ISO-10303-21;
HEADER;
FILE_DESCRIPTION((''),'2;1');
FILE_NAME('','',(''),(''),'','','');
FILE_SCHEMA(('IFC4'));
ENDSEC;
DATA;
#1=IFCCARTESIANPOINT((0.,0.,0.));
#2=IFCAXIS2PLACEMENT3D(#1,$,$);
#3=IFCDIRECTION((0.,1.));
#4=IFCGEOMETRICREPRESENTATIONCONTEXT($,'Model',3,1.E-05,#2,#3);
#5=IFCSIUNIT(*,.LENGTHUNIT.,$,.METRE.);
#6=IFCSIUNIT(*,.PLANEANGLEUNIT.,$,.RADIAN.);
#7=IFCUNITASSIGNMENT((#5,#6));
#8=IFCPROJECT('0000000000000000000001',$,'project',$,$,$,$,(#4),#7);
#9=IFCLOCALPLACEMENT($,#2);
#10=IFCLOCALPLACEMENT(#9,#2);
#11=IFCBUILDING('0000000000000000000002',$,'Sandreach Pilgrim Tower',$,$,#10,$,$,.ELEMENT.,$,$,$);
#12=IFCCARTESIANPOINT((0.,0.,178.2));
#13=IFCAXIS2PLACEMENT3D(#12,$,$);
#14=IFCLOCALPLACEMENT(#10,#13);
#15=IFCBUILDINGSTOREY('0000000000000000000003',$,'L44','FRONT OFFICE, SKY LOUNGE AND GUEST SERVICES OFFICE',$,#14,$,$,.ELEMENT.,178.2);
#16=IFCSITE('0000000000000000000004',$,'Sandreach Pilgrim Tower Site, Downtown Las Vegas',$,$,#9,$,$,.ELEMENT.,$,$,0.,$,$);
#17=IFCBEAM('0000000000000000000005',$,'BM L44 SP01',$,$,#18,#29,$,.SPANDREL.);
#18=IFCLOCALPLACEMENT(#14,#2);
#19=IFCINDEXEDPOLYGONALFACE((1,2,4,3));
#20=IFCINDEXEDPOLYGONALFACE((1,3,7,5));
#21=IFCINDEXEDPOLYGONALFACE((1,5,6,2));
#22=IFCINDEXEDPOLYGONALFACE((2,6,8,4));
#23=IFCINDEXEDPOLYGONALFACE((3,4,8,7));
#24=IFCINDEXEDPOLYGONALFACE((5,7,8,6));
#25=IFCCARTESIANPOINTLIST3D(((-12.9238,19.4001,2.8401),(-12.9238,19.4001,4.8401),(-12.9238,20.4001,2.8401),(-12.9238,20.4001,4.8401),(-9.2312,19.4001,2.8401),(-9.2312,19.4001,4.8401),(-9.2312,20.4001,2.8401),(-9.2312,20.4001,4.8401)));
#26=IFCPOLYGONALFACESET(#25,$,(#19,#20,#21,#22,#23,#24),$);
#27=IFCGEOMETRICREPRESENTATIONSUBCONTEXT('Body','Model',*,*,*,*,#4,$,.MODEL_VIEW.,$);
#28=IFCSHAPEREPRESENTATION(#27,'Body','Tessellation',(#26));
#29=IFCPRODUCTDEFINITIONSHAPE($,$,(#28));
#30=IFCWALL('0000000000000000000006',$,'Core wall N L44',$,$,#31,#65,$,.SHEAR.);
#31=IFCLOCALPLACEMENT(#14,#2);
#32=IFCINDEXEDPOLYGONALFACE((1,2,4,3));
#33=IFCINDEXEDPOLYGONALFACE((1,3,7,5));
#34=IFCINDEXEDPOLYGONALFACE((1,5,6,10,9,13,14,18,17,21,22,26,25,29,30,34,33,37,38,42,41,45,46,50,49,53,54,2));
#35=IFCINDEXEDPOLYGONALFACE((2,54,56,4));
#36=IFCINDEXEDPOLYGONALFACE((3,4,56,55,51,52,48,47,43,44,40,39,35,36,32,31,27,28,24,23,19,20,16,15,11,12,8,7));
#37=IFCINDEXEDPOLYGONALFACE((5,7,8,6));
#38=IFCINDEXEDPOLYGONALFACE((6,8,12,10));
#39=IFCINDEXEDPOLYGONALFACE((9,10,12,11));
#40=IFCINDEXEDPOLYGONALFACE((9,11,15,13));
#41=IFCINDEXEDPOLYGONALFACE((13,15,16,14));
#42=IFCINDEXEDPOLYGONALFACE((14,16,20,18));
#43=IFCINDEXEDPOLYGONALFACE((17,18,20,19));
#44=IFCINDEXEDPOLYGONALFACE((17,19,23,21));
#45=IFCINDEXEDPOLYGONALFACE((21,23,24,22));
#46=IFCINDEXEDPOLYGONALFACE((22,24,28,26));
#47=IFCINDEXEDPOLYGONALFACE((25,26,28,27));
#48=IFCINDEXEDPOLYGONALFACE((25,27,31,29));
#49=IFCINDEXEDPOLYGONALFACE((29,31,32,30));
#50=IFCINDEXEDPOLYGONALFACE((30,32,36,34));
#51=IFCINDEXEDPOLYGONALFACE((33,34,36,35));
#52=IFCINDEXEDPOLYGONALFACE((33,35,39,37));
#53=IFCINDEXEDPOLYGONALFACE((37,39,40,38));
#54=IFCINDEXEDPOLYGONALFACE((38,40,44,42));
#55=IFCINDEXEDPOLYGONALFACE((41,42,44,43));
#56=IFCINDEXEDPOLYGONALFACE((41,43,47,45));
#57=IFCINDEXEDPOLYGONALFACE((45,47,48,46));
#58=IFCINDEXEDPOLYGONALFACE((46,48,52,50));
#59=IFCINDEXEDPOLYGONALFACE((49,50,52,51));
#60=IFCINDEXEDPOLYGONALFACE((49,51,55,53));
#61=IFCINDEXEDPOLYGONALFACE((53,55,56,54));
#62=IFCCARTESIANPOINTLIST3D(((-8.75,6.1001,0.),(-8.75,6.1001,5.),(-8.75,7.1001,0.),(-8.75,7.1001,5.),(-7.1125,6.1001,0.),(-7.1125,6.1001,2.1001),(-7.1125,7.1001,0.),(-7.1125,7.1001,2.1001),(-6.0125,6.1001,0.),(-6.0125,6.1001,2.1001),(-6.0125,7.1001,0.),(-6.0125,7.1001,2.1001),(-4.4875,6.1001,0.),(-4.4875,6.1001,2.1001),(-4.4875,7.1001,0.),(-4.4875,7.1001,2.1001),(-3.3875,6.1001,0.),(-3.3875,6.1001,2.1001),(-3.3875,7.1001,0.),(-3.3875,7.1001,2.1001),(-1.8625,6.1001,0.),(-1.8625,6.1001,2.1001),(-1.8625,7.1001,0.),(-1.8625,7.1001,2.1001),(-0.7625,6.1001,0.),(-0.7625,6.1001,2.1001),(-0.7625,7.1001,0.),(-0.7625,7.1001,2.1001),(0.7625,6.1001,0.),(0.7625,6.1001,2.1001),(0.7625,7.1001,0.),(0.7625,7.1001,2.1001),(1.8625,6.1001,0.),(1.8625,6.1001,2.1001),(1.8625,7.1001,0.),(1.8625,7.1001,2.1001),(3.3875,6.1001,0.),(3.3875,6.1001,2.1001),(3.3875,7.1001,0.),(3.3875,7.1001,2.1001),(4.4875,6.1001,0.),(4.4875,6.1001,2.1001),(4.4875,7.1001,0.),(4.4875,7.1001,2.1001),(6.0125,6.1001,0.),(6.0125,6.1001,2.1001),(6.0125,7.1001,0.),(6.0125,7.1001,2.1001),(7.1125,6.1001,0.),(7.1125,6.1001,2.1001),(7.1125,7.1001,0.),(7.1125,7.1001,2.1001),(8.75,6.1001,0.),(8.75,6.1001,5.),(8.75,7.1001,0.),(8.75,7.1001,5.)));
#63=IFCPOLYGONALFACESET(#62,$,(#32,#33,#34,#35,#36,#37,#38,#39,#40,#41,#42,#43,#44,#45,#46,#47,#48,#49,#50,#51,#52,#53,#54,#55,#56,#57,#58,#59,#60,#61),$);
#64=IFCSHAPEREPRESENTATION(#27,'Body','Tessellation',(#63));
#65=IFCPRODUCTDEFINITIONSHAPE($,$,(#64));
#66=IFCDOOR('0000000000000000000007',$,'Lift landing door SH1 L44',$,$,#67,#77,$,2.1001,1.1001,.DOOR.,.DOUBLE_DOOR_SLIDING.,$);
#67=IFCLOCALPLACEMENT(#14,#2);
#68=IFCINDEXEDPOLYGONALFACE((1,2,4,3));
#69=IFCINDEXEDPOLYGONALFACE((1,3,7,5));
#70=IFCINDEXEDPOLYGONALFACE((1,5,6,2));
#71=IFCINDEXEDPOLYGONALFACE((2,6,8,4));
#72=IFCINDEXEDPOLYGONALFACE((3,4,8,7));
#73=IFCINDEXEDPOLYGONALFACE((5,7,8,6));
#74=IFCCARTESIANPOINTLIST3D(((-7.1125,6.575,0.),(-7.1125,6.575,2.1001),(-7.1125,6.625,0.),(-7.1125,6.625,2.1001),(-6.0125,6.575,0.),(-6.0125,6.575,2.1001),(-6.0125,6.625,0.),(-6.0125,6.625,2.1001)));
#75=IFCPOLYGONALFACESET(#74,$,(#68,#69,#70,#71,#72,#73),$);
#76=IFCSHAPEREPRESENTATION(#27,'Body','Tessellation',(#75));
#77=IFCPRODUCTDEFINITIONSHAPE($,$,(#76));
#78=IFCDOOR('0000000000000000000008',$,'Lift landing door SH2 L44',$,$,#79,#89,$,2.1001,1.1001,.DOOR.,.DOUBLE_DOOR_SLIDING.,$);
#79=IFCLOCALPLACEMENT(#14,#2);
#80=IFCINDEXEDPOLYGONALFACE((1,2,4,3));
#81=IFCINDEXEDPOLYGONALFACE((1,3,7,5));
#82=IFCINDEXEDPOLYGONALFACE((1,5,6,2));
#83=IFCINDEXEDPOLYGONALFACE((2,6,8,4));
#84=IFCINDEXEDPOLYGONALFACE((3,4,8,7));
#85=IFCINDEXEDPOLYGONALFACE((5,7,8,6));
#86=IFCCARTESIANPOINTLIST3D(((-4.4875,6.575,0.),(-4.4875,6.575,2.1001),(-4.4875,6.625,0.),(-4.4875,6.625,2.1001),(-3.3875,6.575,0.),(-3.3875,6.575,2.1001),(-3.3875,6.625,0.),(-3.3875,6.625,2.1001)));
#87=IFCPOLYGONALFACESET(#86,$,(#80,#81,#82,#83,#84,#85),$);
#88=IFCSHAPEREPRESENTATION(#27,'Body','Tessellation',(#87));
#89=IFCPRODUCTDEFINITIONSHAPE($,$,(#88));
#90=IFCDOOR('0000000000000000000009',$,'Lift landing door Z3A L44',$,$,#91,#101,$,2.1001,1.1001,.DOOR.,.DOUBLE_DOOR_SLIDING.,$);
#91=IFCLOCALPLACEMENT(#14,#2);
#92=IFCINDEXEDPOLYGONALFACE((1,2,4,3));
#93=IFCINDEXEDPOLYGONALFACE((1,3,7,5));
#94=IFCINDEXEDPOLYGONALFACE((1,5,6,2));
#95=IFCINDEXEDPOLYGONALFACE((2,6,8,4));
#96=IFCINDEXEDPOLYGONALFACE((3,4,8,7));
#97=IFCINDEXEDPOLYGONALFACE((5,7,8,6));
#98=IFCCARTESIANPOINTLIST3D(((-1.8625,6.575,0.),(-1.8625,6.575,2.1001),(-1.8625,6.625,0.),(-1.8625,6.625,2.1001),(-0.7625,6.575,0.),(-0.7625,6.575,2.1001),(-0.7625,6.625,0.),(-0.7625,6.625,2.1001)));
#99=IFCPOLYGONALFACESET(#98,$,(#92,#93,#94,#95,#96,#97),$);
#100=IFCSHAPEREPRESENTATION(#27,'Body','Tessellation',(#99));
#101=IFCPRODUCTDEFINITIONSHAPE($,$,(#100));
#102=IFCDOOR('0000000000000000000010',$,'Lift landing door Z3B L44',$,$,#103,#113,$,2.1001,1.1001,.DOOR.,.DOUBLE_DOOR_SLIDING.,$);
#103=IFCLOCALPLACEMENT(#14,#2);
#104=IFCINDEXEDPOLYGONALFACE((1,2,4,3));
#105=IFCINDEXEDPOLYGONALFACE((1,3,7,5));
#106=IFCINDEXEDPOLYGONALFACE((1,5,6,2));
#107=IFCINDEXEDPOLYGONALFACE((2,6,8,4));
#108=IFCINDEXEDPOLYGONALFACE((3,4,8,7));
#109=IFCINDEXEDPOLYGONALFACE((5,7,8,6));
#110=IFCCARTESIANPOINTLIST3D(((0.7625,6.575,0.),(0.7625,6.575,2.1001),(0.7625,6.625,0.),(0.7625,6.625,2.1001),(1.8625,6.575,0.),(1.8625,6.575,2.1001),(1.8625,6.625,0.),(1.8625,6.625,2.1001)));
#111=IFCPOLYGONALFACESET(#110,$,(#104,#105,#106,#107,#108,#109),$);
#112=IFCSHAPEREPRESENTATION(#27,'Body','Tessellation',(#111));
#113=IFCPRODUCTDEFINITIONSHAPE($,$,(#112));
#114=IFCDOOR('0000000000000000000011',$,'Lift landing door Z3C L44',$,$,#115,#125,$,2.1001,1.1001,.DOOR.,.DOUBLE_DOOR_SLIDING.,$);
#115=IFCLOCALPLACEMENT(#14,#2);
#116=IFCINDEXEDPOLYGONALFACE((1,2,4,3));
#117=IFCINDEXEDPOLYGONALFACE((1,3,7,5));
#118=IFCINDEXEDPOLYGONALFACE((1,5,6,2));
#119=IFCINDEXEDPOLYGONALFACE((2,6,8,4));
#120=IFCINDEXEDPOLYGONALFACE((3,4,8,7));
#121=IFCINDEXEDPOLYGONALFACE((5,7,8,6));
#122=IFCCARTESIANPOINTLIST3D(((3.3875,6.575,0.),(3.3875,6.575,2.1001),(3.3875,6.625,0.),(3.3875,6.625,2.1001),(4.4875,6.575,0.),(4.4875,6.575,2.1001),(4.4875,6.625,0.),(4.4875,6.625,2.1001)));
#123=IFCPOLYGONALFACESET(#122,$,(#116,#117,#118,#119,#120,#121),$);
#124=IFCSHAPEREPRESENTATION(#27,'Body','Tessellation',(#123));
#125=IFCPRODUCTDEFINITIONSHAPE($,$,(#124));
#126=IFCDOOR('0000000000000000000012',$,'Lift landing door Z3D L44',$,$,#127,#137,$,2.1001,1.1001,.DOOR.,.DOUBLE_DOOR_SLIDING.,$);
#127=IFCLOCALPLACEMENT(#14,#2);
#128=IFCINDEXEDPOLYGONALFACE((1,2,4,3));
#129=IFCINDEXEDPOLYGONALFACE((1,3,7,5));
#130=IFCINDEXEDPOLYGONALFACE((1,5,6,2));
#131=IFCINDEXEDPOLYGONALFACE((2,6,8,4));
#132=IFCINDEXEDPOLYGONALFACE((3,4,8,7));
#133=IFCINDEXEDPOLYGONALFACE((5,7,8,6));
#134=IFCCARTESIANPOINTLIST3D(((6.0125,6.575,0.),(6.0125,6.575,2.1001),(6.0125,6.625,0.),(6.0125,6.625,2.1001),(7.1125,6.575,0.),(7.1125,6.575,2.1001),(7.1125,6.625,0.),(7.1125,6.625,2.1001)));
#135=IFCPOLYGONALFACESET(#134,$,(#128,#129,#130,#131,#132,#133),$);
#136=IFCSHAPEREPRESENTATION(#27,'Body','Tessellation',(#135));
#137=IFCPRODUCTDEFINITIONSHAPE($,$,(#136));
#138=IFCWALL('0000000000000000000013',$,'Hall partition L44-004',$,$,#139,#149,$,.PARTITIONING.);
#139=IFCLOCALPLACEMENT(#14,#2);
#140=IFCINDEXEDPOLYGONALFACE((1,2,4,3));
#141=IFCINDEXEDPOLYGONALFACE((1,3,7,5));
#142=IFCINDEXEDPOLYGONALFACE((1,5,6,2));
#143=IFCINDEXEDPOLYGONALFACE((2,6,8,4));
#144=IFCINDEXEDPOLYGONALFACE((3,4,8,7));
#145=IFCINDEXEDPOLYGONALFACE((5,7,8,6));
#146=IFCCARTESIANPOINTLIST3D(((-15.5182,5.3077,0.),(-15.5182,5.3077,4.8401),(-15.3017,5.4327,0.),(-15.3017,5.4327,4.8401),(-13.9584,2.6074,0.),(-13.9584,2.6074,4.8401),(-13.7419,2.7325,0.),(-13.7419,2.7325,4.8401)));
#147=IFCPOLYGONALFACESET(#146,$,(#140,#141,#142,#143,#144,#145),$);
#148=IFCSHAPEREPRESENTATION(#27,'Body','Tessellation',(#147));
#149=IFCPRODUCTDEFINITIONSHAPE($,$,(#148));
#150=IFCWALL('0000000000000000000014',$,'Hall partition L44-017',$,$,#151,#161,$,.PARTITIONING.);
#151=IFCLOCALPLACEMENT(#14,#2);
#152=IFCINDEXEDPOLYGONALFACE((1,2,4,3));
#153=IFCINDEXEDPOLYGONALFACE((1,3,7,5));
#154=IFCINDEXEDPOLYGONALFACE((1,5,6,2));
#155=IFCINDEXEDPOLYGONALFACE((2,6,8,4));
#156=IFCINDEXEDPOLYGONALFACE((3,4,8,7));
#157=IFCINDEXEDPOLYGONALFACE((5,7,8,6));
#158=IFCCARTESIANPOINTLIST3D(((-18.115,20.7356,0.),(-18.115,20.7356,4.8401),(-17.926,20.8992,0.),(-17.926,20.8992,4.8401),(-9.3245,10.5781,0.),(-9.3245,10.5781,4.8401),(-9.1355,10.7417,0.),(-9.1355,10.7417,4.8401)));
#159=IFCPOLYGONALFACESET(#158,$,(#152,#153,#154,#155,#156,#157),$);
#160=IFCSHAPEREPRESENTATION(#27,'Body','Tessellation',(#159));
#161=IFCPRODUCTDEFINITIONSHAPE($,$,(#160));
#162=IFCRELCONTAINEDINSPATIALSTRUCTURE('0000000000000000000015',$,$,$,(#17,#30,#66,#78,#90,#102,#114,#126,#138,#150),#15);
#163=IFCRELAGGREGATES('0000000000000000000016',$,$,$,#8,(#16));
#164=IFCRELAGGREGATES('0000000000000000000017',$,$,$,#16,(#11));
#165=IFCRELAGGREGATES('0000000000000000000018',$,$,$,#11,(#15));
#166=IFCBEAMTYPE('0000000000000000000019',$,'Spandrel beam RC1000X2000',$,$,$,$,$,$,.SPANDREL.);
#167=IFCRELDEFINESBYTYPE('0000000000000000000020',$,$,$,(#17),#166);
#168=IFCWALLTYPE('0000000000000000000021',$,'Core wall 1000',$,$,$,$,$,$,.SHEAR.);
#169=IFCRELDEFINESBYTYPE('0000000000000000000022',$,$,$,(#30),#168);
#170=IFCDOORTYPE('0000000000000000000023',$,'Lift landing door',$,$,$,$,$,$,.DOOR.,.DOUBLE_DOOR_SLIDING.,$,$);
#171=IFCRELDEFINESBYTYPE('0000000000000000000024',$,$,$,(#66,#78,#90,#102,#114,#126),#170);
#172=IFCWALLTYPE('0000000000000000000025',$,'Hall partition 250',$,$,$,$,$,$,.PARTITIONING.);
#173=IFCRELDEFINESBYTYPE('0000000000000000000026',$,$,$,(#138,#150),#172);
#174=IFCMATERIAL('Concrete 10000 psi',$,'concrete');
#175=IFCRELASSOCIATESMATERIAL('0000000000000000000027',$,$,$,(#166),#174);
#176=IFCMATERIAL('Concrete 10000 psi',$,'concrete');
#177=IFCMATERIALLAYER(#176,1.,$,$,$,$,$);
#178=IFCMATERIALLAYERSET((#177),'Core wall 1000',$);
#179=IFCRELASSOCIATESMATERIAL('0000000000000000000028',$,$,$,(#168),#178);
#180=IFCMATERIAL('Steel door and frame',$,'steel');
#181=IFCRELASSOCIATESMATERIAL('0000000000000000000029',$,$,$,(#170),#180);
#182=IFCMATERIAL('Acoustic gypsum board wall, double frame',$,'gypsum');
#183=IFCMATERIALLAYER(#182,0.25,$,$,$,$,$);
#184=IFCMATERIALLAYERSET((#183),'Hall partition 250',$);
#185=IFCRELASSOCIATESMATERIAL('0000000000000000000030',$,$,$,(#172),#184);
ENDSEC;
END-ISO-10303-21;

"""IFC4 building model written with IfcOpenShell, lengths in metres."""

from ifc_helpers import new_model, si_unit, direction, frame, frame_2d, origin, origin_2d, place, context, subcontext, project, spatial, rectangle, extrude, material, layer, layer_set, material_profile, profile_set, type_object, element, fill, save


model = new_model("IFC4")

# Units and contexts
model_context = context("Model", 3, precision=1e-05, world=origin(), true_north=direction((0.0, 1.0)))
body_context = subcontext(model_context, "Body", "Model", "MODEL_VIEW")
ifc_project = project(units=[si_unit("LENGTHUNIT", "METRE"), si_unit("PLANEANGLEUNIT", "RADIAN")], contexts=[model_context])

# Site, building, storey
site_placement = place(None, origin())
site = spatial("IfcSite", under=ifc_project, at=site_placement, Name="Sandreach Pilgrim Tower Site, Downtown Las Vegas", CompositionType="ELEMENT", RefElevation=0.0)
building_placement = place(site_placement, origin())
building = spatial("IfcBuilding", under=site, at=building_placement, Name="Sandreach Pilgrim Tower", CompositionType="ELEMENT")
storey_placement = place(building_placement, frame((0.0, 0.0, 178.2)))
storey = spatial("IfcBuildingStorey", under=building, at=storey_placement, Name="L44", Description="FRONT OFFICE, SKY LOUNGE AND GUEST SERVICES OFFICE", CompositionType="ELEMENT", Elevation=178.2)

# Beam
ifc_material_1 = material(Name="Concrete 10000 psi", Category="concrete")
ifc_material_profile_1 = material_profile(ifc_material_1, rectangle(XDim=1.0, YDim=2.0, at=origin_2d()), Name="RC1000X2000")
ifc_profile_set_1 = profile_set([ifc_material_profile_1], Name="Concrete 10000 psi")
beam_type_1 = type_object("IfcBeamType", Name="Spandrel beam RC1000X2000", PredefinedType="SPANDREL", material=ifc_profile_set_1)
beam_1_placement = place(storey_placement, frame((-12.9238, 19.9001, 3.8401), z_axis=(1.0, 0.0, 0.0), x_axis=(0.0, 1.0, 0.0)))
element("IfcBeam", 1, at=beam_1_placement, inside=storey, type_object=beam_type_1, Name="BM L44 SP01", PredefinedType="SPANDREL", context=body_context, shape_type="SweptSolid", body=[
    extrude(rectangle(XDim=1.0, YDim=2.0, at=origin_2d()), origin(), (0.0, 0.0, 1.0), 3.6926),
])

# Wall, openings, doors
ifc_material_2 = material(Name="Concrete 10000 psi", Category="concrete")
ifc_layer_1 = layer(ifc_material_2, 1.0)
ifc_layer_set_1 = layer_set([ifc_layer_1], Name="Core wall 1000")
wall_type_1 = type_object("IfcWallType", Name="Core wall 1000", PredefinedType="SHEAR", material=ifc_layer_set_1)
wall_1_placement = place(storey_placement, frame((-8.75, 6.6001, 0.0), z_axis=(0.0, 0.0, 1.0), x_axis=(1.0, 0.0, 0.0)))
wall_1 = element("IfcWall", 2, at=wall_1_placement, inside=storey, type_object=wall_type_1, Name="Core wall N L44", PredefinedType="SHEAR", context=body_context, shape_type="SweptSolid", body=[
    extrude(rectangle(XDim=17.5, YDim=1.0, at=frame_2d((8.75, 0.0))), origin(), (0.0, 0.0, 1.0), 5.0),
])
opening_1_placement = place(wall_1_placement, frame((1.6375, 0.0, 0.0)))
opening_1 = element("IfcOpeningElement", 3, at=opening_1_placement, cuts=wall_1, PredefinedType="OPENING", context=body_context, shape_type="SweptSolid", body=[
    extrude(rectangle(XDim=1.1001, YDim=2.1001, at=frame_2d((0.55, 1.05))), frame((0.0, 0.5, 0.0), z_axis=(0.0, -1.0, 0.0), x_axis=(1.0, 0.0, 0.0)), (0.0, 0.0, 1.0), 1.0),
])
opening_2_placement = place(wall_1_placement, frame((4.2625, 0.0, 0.0)))
opening_2 = element("IfcOpeningElement", 4, at=opening_2_placement, cuts=wall_1, PredefinedType="OPENING", context=body_context, shape_type="SweptSolid", body=[
    extrude(rectangle(XDim=1.1001, YDim=2.1001, at=frame_2d((0.55, 1.05))), frame((0.0, 0.5, 0.0), z_axis=(0.0, -1.0, 0.0), x_axis=(1.0, 0.0, 0.0)), (0.0, 0.0, 1.0), 1.0),
])
opening_3_placement = place(wall_1_placement, frame((6.8875, 0.0, 0.0)))
opening_3 = element("IfcOpeningElement", 5, at=opening_3_placement, cuts=wall_1, PredefinedType="OPENING", context=body_context, shape_type="SweptSolid", body=[
    extrude(rectangle(XDim=1.1001, YDim=2.1001, at=frame_2d((0.55, 1.05))), frame((0.0, 0.5, 0.0), z_axis=(0.0, -1.0, 0.0), x_axis=(1.0, 0.0, 0.0)), (0.0, 0.0, 1.0), 1.0),
])
opening_4_placement = place(wall_1_placement, frame((9.5125, 0.0, 0.0)))
opening_4 = element("IfcOpeningElement", 6, at=opening_4_placement, cuts=wall_1, PredefinedType="OPENING", context=body_context, shape_type="SweptSolid", body=[
    extrude(rectangle(XDim=1.1001, YDim=2.1001, at=frame_2d((0.55, 1.05))), frame((0.0, 0.5, 0.0), z_axis=(0.0, -1.0, 0.0), x_axis=(1.0, 0.0, 0.0)), (0.0, 0.0, 1.0), 1.0),
])
opening_5_placement = place(wall_1_placement, frame((12.1375, 0.0, 0.0)))
opening_5 = element("IfcOpeningElement", 7, at=opening_5_placement, cuts=wall_1, PredefinedType="OPENING", context=body_context, shape_type="SweptSolid", body=[
    extrude(rectangle(XDim=1.1001, YDim=2.1001, at=frame_2d((0.55, 1.05))), frame((0.0, 0.5, 0.0), z_axis=(0.0, -1.0, 0.0), x_axis=(1.0, 0.0, 0.0)), (0.0, 0.0, 1.0), 1.0),
])
opening_6_placement = place(wall_1_placement, frame((14.7625, 0.0, 0.0)))
opening_6 = element("IfcOpeningElement", 8, at=opening_6_placement, cuts=wall_1, PredefinedType="OPENING", context=body_context, shape_type="SweptSolid", body=[
    extrude(rectangle(XDim=1.1001, YDim=2.1001, at=frame_2d((0.55, 1.05))), frame((0.0, 0.5, 0.0), z_axis=(0.0, -1.0, 0.0), x_axis=(1.0, 0.0, 0.0)), (0.0, 0.0, 1.0), 1.0),
])
ifc_material_3 = material(Name="Steel door and frame", Category="steel")
door_type_1 = type_object("IfcDoorType", Name="Lift landing door", OperationType="DOUBLE_DOOR_SLIDING", PredefinedType="DOOR", material=ifc_material_3)
door_1_placement = place(opening_1_placement, origin())
door_1 = element("IfcDoor", 9, at=door_1_placement, inside=storey, type_object=door_type_1, Name="Lift landing door SH1 L44", OperationType="DOUBLE_DOOR_SLIDING", OverallHeight=2.1001, OverallWidth=1.1001, PredefinedType="DOOR", context=body_context, shape_type="SweptSolid", body=[
    extrude(rectangle(XDim=1.1001, YDim=2.1001, at=frame_2d((0.55, 1.05))), frame((0.0, 0.0249, 0.0), z_axis=(0.0, -1.0, 0.0), x_axis=(1.0, 0.0, 0.0)), (0.0, 0.0, 1.0), 0.05),
])
fill(opening_1, door_1)
door_2_placement = place(opening_2_placement, origin())
door_2 = element("IfcDoor", 10, at=door_2_placement, inside=storey, type_object=door_type_1, Name="Lift landing door SH2 L44", OperationType="DOUBLE_DOOR_SLIDING", OverallHeight=2.1001, OverallWidth=1.1001, PredefinedType="DOOR", context=body_context, shape_type="SweptSolid", body=[
    extrude(rectangle(XDim=1.1001, YDim=2.1001, at=frame_2d((0.55, 1.05))), frame((0.0, 0.0249, 0.0), z_axis=(0.0, -1.0, 0.0), x_axis=(1.0, 0.0, 0.0)), (0.0, 0.0, 1.0), 0.05),
])
fill(opening_2, door_2)
door_3_placement = place(opening_3_placement, origin())
door_3 = element("IfcDoor", 11, at=door_3_placement, inside=storey, type_object=door_type_1, Name="Lift landing door Z3A L44", OperationType="DOUBLE_DOOR_SLIDING", OverallHeight=2.1001, OverallWidth=1.1001, PredefinedType="DOOR", context=body_context, shape_type="SweptSolid", body=[
    extrude(rectangle(XDim=1.1001, YDim=2.1001, at=frame_2d((0.55, 1.05))), frame((0.0, 0.0249, 0.0), z_axis=(0.0, -1.0, 0.0), x_axis=(1.0, 0.0, 0.0)), (0.0, 0.0, 1.0), 0.05),
])
fill(opening_3, door_3)
door_4_placement = place(opening_4_placement, origin())
door_4 = element("IfcDoor", 12, at=door_4_placement, inside=storey, type_object=door_type_1, Name="Lift landing door Z3B L44", OperationType="DOUBLE_DOOR_SLIDING", OverallHeight=2.1001, OverallWidth=1.1001, PredefinedType="DOOR", context=body_context, shape_type="SweptSolid", body=[
    extrude(rectangle(XDim=1.1001, YDim=2.1001, at=frame_2d((0.55, 1.05))), frame((0.0, 0.0249, 0.0), z_axis=(0.0, -1.0, 0.0), x_axis=(1.0, 0.0, 0.0)), (0.0, 0.0, 1.0), 0.05),
])
fill(opening_4, door_4)
door_5_placement = place(opening_5_placement, origin())
door_5 = element("IfcDoor", 13, at=door_5_placement, inside=storey, type_object=door_type_1, Name="Lift landing door Z3C L44", OperationType="DOUBLE_DOOR_SLIDING", OverallHeight=2.1001, OverallWidth=1.1001, PredefinedType="DOOR", context=body_context, shape_type="SweptSolid", body=[
    extrude(rectangle(XDim=1.1001, YDim=2.1001, at=frame_2d((0.55, 1.05))), frame((0.0, 0.0249, 0.0), z_axis=(0.0, -1.0, 0.0), x_axis=(1.0, 0.0, 0.0)), (0.0, 0.0, 1.0), 0.05),
])
fill(opening_5, door_5)
door_6_placement = place(opening_6_placement, origin())
door_6 = element("IfcDoor", 14, at=door_6_placement, inside=storey, type_object=door_type_1, Name="Lift landing door Z3D L44", OperationType="DOUBLE_DOOR_SLIDING", OverallHeight=2.1001, OverallWidth=1.1001, PredefinedType="DOOR", context=body_context, shape_type="SweptSolid", body=[
    extrude(rectangle(XDim=1.1001, YDim=2.1001, at=frame_2d((0.55, 1.05))), frame((0.0, 0.0249, 0.0), z_axis=(0.0, -1.0, 0.0), x_axis=(1.0, 0.0, 0.0)), (0.0, 0.0, 1.0), 0.05),
])
fill(opening_6, door_6)

# Wall
ifc_material_4 = material(Name="Acoustic gypsum board wall, double frame", Category="gypsum")
ifc_layer_2 = layer(ifc_material_4, 0.25)
ifc_layer_set_2 = layer_set([ifc_layer_2], Name="Hall partition 250")
wall_type_2 = type_object("IfcWallType", Name="Hall partition 250", PredefinedType="PARTITIONING", material=ifc_layer_set_2)
wall_2_placement = place(storey_placement, frame((-15.4099, 5.3701, 0.0), z_axis=(0.0, 0.0, 1.0), x_axis=(0.500206, -0.865907, 0.0)))
element("IfcWall", 15, at=wall_2_placement, inside=storey, type_object=wall_type_2, Name="Hall partition L44-004", PredefinedType="PARTITIONING", context=body_context, shape_type="SweptSolid", body=[
    extrude(rectangle(XDim=3.1184, YDim=0.25, at=frame_2d((1.5591, 0.0))), origin(), (0.0, 0.0, 1.0), 4.8401),
])

# Wall
wall_3_placement = place(storey_placement, frame((-9.23, 10.6599, 0.0), z_axis=(0.0, 0.0, 1.0), x_axis=(-0.654394, 0.756154, 0.0)))
element("IfcWall", 16, at=wall_3_placement, inside=storey, type_object=wall_type_2, Name="Hall partition L44-017", PredefinedType="PARTITIONING", context=body_context, shape_type="SweptSolid", body=[
    extrude(rectangle(XDim=13.4331, YDim=0.25, at=frame_2d((6.7166, 0.0))), origin(), (0.0, 0.0, 1.0), 4.8401),
])

save(model, "model.ifc")
